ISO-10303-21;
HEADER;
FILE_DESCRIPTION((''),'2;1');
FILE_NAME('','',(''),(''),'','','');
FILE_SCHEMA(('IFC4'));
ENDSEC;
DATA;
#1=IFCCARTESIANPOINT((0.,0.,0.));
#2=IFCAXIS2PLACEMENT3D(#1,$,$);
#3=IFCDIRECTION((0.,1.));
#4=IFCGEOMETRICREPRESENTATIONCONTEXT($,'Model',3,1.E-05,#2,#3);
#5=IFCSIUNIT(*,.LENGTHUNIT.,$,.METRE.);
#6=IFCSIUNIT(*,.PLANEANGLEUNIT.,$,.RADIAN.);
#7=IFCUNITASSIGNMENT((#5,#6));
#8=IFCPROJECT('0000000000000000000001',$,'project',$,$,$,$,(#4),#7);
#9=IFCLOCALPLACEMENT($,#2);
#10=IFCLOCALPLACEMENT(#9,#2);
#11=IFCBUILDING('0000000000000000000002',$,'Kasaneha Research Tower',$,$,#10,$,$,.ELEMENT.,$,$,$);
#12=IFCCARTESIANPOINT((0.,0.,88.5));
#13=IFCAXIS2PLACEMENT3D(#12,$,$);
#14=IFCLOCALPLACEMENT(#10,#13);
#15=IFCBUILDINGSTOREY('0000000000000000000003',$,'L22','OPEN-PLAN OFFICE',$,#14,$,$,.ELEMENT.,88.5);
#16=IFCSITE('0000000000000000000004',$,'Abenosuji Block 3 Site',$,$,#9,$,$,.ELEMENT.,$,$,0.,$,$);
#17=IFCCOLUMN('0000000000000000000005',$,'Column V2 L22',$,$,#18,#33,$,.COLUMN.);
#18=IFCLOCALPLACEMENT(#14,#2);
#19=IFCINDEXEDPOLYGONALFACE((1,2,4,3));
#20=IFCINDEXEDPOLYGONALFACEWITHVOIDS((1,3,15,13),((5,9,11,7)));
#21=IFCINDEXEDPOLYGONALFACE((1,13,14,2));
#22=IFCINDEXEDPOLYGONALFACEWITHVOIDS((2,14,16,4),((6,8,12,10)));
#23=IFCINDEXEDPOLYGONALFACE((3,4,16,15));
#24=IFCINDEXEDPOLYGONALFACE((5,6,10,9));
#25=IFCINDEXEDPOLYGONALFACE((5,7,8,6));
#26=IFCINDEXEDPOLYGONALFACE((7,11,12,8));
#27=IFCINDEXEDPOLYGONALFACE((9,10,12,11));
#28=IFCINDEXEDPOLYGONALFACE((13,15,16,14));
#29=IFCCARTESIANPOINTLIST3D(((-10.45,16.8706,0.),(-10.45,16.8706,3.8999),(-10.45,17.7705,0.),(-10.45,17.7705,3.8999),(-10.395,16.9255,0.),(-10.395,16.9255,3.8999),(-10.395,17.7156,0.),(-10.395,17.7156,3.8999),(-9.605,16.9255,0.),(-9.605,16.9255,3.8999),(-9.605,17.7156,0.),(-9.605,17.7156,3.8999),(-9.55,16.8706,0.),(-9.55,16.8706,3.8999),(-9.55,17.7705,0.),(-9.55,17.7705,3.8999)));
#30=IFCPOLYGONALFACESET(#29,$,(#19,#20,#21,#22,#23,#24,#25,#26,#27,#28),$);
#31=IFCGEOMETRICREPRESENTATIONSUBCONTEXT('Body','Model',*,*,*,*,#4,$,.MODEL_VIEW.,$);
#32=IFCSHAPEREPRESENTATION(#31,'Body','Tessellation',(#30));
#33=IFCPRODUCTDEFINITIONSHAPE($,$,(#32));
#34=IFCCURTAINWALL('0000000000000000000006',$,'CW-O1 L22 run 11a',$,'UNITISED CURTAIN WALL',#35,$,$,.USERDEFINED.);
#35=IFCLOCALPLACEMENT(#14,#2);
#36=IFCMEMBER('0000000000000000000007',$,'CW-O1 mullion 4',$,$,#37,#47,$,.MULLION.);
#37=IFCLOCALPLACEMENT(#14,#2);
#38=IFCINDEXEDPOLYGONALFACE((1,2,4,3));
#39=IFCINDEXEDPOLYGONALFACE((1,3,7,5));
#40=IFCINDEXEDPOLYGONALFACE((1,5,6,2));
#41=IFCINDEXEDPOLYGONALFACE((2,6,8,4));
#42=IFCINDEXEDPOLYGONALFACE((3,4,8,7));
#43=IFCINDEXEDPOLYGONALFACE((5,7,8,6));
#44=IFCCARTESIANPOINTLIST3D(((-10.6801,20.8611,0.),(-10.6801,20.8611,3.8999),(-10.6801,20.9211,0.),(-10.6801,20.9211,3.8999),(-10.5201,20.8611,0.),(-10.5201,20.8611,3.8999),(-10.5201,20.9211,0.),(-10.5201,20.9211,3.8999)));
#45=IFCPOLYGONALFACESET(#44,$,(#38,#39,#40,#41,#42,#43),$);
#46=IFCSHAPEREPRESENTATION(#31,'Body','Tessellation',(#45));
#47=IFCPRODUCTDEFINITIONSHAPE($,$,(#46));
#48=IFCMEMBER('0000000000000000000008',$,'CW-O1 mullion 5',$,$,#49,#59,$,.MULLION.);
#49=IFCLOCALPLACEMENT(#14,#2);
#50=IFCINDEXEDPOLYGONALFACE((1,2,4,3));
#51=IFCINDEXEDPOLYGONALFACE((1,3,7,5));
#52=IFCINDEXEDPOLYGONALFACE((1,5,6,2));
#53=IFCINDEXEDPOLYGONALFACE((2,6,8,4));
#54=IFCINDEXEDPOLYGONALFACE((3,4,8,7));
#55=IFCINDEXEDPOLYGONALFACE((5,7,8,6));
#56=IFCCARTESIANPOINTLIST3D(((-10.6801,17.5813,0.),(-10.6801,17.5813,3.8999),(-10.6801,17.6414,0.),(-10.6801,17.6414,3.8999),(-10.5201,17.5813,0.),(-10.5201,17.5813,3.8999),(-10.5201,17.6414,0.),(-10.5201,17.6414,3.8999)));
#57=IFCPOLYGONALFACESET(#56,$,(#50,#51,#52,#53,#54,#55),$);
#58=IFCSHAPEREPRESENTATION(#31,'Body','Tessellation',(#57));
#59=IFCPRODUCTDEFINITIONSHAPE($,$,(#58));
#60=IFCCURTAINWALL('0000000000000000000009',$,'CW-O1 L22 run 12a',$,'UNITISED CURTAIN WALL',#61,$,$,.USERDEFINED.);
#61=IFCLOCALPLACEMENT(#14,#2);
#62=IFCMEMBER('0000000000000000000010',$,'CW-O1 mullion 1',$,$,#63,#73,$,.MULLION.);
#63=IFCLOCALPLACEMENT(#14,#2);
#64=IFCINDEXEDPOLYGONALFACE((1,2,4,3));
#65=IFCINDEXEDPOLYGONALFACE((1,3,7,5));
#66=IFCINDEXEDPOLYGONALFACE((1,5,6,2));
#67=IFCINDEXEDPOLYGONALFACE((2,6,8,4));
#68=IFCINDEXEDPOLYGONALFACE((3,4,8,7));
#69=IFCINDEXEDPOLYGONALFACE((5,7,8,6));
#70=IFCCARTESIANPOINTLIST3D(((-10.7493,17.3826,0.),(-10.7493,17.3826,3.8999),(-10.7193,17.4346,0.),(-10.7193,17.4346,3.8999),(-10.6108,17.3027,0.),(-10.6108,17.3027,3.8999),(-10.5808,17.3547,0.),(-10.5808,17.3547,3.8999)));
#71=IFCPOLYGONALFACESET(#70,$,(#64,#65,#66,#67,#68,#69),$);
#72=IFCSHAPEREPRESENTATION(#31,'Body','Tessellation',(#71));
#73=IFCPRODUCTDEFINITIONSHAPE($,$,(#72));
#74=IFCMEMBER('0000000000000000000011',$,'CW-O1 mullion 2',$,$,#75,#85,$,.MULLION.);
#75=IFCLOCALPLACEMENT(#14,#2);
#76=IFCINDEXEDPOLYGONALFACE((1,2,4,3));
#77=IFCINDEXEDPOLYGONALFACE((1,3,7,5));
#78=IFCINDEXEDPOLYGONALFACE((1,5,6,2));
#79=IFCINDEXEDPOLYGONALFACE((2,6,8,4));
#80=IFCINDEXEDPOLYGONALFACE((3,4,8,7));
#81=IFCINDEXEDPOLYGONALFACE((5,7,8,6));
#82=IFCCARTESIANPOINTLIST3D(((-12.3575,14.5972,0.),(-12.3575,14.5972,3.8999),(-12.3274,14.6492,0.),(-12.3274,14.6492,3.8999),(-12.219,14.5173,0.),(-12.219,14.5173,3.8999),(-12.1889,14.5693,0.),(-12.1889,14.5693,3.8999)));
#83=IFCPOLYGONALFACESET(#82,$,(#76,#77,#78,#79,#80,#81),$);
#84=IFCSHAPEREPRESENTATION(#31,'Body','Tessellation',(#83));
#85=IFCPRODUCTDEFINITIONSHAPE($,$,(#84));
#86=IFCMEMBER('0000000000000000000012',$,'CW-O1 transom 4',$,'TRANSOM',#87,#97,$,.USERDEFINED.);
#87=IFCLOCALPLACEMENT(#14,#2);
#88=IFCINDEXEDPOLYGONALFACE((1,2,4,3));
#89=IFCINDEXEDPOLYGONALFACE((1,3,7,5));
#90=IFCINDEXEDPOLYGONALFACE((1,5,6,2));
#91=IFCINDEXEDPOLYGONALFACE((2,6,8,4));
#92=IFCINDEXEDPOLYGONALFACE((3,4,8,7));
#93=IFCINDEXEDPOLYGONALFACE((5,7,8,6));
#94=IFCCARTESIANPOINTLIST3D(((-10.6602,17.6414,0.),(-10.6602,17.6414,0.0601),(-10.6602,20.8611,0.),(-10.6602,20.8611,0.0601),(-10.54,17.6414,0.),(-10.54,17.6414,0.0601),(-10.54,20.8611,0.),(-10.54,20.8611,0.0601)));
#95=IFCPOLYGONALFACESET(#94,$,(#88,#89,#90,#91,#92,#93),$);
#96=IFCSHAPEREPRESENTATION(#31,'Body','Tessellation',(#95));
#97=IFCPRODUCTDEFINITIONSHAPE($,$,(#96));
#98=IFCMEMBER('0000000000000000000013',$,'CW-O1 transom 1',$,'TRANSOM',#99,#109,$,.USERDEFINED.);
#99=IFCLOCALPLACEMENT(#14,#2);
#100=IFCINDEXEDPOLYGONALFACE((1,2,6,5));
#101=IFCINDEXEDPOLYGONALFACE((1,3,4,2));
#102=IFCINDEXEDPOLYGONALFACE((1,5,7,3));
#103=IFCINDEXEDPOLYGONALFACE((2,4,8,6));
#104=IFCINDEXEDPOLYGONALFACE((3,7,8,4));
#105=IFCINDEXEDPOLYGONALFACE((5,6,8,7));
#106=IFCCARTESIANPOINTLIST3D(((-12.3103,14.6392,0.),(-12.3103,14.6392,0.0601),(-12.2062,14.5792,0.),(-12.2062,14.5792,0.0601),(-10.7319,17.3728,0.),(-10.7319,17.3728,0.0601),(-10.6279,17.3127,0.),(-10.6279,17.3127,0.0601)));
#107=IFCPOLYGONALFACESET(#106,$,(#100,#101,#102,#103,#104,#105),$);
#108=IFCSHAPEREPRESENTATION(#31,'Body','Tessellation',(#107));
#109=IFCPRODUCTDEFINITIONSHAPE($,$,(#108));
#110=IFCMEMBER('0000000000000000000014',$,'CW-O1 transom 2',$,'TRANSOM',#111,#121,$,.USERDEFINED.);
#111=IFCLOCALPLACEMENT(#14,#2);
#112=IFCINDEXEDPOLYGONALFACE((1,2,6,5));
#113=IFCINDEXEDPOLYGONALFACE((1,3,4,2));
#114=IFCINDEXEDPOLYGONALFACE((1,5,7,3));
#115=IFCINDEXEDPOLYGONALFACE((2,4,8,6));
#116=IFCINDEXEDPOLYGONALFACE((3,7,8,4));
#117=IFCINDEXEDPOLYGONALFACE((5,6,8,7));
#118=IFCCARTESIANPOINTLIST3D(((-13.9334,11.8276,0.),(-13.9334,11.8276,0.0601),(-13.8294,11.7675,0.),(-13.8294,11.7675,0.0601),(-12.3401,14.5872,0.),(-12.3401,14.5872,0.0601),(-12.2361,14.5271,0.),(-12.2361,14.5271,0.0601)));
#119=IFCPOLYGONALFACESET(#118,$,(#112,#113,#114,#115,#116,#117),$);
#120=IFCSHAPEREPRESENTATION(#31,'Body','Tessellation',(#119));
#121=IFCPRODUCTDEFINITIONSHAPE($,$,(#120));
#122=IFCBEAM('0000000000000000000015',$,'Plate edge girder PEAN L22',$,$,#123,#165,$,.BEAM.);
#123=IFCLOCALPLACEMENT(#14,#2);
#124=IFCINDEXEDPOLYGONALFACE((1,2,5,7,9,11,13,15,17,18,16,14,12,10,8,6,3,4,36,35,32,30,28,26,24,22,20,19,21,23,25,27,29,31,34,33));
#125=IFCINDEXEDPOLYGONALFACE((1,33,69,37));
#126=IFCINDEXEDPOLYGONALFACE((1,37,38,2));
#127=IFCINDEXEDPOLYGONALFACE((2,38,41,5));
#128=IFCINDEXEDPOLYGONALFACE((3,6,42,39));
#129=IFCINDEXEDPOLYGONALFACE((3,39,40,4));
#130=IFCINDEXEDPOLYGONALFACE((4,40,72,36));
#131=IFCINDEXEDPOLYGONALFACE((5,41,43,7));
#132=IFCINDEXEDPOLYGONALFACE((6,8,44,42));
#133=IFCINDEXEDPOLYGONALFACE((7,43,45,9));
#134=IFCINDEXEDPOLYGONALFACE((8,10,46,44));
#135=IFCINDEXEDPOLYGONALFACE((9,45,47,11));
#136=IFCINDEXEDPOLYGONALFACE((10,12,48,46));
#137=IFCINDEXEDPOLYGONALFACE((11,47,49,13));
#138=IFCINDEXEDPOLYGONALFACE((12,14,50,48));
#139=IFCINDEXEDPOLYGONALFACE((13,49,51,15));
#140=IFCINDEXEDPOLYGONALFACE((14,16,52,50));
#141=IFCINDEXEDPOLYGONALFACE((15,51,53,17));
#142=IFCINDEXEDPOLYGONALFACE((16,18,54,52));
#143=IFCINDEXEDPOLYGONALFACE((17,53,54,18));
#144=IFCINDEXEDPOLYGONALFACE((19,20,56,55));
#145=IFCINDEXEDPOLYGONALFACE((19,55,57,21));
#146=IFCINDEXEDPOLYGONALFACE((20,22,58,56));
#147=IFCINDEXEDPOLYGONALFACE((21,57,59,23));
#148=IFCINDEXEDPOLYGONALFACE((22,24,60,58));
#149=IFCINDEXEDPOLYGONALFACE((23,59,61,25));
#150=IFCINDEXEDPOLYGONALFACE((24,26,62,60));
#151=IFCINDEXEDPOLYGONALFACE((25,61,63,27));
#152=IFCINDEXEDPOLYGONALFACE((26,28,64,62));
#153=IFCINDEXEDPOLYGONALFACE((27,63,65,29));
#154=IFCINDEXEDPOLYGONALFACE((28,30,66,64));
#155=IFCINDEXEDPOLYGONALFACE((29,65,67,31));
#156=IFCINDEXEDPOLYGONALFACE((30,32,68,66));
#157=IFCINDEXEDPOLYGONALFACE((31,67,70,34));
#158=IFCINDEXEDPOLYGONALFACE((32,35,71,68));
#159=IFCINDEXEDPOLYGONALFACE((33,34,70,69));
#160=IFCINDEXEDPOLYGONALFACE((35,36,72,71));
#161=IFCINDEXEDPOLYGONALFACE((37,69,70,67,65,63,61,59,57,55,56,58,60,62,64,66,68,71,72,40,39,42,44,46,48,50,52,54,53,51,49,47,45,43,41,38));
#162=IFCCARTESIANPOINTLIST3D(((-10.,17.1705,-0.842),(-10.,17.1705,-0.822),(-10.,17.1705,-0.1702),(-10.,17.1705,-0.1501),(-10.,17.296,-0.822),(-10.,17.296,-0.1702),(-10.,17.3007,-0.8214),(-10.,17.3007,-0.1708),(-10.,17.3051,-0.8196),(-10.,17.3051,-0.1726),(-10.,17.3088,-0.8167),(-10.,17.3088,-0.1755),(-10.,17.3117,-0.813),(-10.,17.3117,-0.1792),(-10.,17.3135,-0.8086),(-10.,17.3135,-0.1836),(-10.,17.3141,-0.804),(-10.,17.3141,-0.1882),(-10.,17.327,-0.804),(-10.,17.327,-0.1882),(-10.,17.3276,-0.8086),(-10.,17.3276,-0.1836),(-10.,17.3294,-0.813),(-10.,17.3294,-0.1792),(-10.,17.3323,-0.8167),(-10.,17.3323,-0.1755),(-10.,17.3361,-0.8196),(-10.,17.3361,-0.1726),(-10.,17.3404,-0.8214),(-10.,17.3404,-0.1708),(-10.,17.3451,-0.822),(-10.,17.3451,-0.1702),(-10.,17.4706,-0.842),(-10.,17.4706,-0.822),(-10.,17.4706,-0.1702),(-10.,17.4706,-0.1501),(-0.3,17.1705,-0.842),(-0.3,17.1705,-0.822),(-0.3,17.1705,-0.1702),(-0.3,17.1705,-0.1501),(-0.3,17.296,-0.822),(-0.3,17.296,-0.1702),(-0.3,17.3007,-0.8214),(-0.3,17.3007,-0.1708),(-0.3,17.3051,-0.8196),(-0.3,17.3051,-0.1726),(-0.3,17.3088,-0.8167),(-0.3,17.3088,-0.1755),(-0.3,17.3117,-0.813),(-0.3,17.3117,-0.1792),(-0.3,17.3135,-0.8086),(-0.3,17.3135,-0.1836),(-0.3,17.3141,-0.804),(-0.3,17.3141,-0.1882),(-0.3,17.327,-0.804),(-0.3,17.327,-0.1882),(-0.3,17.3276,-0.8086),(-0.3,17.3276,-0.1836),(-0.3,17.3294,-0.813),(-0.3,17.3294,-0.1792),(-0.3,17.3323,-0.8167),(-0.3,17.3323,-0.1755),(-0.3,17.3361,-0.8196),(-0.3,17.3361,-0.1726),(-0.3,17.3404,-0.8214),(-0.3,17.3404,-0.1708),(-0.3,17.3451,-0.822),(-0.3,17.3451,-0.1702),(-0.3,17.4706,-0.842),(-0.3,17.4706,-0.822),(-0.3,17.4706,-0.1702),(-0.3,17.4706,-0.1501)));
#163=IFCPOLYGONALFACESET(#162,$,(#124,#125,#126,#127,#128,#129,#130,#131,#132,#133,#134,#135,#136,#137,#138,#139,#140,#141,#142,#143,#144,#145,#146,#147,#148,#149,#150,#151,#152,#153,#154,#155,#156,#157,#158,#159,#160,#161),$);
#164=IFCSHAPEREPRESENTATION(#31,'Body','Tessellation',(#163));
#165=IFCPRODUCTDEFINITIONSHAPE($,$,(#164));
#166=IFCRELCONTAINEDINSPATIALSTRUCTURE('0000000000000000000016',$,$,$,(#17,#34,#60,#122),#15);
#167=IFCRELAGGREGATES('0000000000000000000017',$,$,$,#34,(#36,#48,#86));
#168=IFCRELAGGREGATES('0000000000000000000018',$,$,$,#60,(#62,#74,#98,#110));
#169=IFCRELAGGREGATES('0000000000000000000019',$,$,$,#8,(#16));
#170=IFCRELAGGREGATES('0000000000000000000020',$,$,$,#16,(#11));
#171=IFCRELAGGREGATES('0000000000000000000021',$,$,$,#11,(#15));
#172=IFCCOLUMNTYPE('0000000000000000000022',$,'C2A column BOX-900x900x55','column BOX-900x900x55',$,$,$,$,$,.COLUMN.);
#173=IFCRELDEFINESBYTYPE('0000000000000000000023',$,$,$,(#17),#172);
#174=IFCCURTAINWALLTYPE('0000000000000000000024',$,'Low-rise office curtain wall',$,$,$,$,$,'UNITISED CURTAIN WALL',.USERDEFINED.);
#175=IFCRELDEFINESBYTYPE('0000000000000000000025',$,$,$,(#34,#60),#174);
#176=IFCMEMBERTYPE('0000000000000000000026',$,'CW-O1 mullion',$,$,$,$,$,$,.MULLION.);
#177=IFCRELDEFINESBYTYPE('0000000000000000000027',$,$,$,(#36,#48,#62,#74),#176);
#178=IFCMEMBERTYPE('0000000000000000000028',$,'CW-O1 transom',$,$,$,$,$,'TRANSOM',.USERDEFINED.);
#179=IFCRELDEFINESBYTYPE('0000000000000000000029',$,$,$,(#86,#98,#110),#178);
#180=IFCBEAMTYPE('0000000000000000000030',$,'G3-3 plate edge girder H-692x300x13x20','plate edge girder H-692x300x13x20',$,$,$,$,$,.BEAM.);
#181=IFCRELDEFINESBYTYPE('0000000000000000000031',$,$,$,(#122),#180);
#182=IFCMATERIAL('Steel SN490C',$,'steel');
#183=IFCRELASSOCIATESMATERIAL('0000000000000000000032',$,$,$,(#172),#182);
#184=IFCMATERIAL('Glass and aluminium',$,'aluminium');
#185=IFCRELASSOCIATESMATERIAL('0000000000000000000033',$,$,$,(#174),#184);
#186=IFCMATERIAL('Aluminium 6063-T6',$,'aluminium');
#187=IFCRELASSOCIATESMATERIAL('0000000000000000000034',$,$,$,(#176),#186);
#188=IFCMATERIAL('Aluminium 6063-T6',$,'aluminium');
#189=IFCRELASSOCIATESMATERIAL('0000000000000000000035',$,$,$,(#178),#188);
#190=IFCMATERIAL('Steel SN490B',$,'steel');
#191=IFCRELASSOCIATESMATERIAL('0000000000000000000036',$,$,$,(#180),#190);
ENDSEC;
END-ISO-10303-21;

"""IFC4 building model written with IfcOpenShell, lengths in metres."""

from ifc_helpers import new_model, si_unit, direction, frame, origin, origin_2d, place, context, subcontext, project, spatial, rectangle, hollow_rectangle, i_section, extrude, material, material_profile, profile_set, type_object, element, aggregate, save


model = new_model("IFC4")

# Units and contexts
model_context = context("Model", 3, precision=1e-05, world=origin(), true_north=direction((0.0, 1.0)))
body_context = subcontext(model_context, "Body", "Model", "MODEL_VIEW")
ifc_project = project(units=[si_unit("LENGTHUNIT", "METRE"), si_unit("PLANEANGLEUNIT", "RADIAN")], contexts=[model_context])

# Site, building, storey
site_placement = place(None, origin())
site = spatial("IfcSite", under=ifc_project, at=site_placement, Name="Abenosuji Block 3 Site", CompositionType="ELEMENT", RefElevation=0.0)
building_placement = place(site_placement, origin())
building = spatial("IfcBuilding", under=site, at=building_placement, Name="Kasaneha Research Tower", CompositionType="ELEMENT")
storey_placement = place(building_placement, frame((0.0, 0.0, 88.5)))
storey = spatial("IfcBuildingStorey", under=building, at=storey_placement, Name="L22", Description="OPEN-PLAN OFFICE", CompositionType="ELEMENT", Elevation=88.5)

# Column
ifc_material_1 = material(Name="Steel SN490C", Category="steel")
ifc_material_profile_1 = material_profile(ifc_material_1, hollow_rectangle(XDim=0.8999, YDim=0.8999, WallThickness=0.0549, at=origin_2d()), Name="BOX-900x900x55")
ifc_profile_set_1 = profile_set([ifc_material_profile_1], Name="Steel SN490C")
column_type = type_object("IfcColumnType", Name="C2A column BOX-900x900x55", Description="column BOX-900x900x55", PredefinedType="COLUMN", material=ifc_profile_set_1)
column_placement = place(storey_placement, frame((-10.0, 17.3206, 0.0), z_axis=(0.0, 0.0, 1.0), x_axis=(1.0, 0.0, 0.0)))
element("IfcColumn", 1, at=column_placement, inside=storey, type_object=column_type, Name="Column V2 L22", PredefinedType="COLUMN", context=body_context, shape_type="SweptSolid", body=[
    extrude(hollow_rectangle(XDim=0.8999, YDim=0.8999, WallThickness=0.0549, at=origin_2d()), origin(), (0.0, 0.0, 1.0), 3.8999),
])

# Curtain walls, members
ifc_material_2 = material(Name="Glass and aluminium", Category="aluminium")
curtain_wall_type = type_object("IfcCurtainWallType", Name="Low-rise office curtain wall", ElementType="UNITISED CURTAIN WALL", PredefinedType="USERDEFINED", material=ifc_material_2)
curtain_wall_1_placement = place(storey_placement, origin())
curtain_wall_1 = element("IfcCurtainWall", 2, at=curtain_wall_1_placement, inside=storey, type_object=curtain_wall_type, Name="CW-O1 L22 run 11a", ObjectType="UNITISED CURTAIN WALL", PredefinedType="USERDEFINED")
ifc_material_3 = material(Name="Aluminium 6063-T6", Category="aluminium")
ifc_material_profile_2 = material_profile(ifc_material_3, rectangle(XDim=0.0601, YDim=0.1599, at=origin_2d()), Name="CW-O1 mullion 60x160")
ifc_profile_set_2 = profile_set([ifc_material_profile_2], Name="Aluminium 6063-T6")
member_type_1 = type_object("IfcMemberType", Name="CW-O1 mullion", PredefinedType="MULLION", material=ifc_profile_set_2)
member_1_placement = place(storey_placement, frame((-10.6001, 20.8911, 0.0), z_axis=(0.0, 0.0, 1.0), x_axis=(0.0, -1.0, 0.0)))
member_1 = element("IfcMember", 3, at=member_1_placement, type_object=member_type_1, Name="CW-O1 mullion 4", PredefinedType="MULLION", context=body_context, shape_type="SweptSolid", body=[
    extrude(rectangle(XDim=0.0601, YDim=0.1599, at=origin_2d()), origin(), (0.0, 0.0, 1.0), 3.8999),
])
member_2_placement = place(storey_placement, frame((-10.6001, 17.6113, 0.0), z_axis=(0.0, 0.0, 1.0), x_axis=(0.0, -1.0, 0.0)))
member_2 = element("IfcMember", 4, at=member_2_placement, type_object=member_type_1, Name="CW-O1 mullion 5", PredefinedType="MULLION", context=body_context, shape_type="SweptSolid", body=[
    extrude(rectangle(XDim=0.0601, YDim=0.1599, at=origin_2d()), origin(), (0.0, 0.0, 1.0), 3.8999),
])
curtain_wall_2_placement = place(storey_placement, origin())
curtain_wall_2 = element("IfcCurtainWall", 5, at=curtain_wall_2_placement, inside=storey, type_object=curtain_wall_type, Name="CW-O1 L22 run 12a", ObjectType="UNITISED CURTAIN WALL", PredefinedType="USERDEFINED")
member_3_placement = place(storey_placement, frame((-10.665, 17.3687, 0.0), z_axis=(0.0, 0.0, 1.0), x_axis=(-0.5, -0.866025, 0.0)))
member_3 = element("IfcMember", 6, at=member_3_placement, type_object=member_type_1, Name="CW-O1 mullion 1", PredefinedType="MULLION", context=body_context, shape_type="SweptSolid", body=[
    extrude(rectangle(XDim=0.0601, YDim=0.1599, at=origin_2d()), origin(), (0.0, 0.0, 1.0), 3.8999),
])
member_4_placement = place(storey_placement, frame((-12.2732, 14.5833, 0.0), z_axis=(0.0, 0.0, 1.0), x_axis=(-0.5, -0.866025, 0.0)))
member_4 = element("IfcMember", 7, at=member_4_placement, type_object=member_type_1, Name="CW-O1 mullion 2", PredefinedType="MULLION", context=body_context, shape_type="SweptSolid", body=[
    extrude(rectangle(XDim=0.0601, YDim=0.1599, at=origin_2d()), origin(), (0.0, 0.0, 1.0), 3.8999),
])

# Members
ifc_material_4 = material(Name="Aluminium 6063-T6", Category="aluminium")
ifc_material_profile_3 = material_profile(ifc_material_4, rectangle(XDim=0.1201, YDim=0.0601, at=origin_2d()), Name="CW-O1 transom 120x60")
ifc_profile_set_3 = profile_set([ifc_material_profile_3], Name="Aluminium 6063-T6")
member_type_2 = type_object("IfcMemberType", Name="CW-O1 transom", ElementType="TRANSOM", PredefinedType="USERDEFINED", material=ifc_profile_set_3)
member_5_placement = place(storey_placement, frame((-10.6001, 20.8611, 0.03), z_axis=(0.0, -1.0, 0.0), x_axis=(1.0, 0.0, 0.0)))
member_5 = element("IfcMember", 8, at=member_5_placement, type_object=member_type_2, Name="CW-O1 transom 4", ObjectType="TRANSOM", PredefinedType="USERDEFINED", context=body_context, shape_type="SweptSolid", body=[
    extrude(rectangle(XDim=0.1201, YDim=0.0601, at=origin_2d()), origin(), (0.0, 0.0, 1.0), 3.2197),
])
member_6_placement = place(storey_placement, frame((-10.6799, 17.3428, 0.03), z_axis=(-0.500024, -0.866012, 0.0), x_axis=(0.866012, -0.500024, 0.0)))
member_6 = element("IfcMember", 9, at=member_6_placement, type_object=member_type_2, Name="CW-O1 transom 1", ObjectType="TRANSOM", PredefinedType="USERDEFINED", context=body_context, shape_type="SweptSolid", body=[
    extrude(rectangle(XDim=0.1201, YDim=0.0601, at=origin_2d()), origin(), (0.0, 0.0, 1.0), 3.1565),
])
member_7_placement = place(storey_placement, frame((-12.2881, 14.5571, 0.03), z_axis=(-0.500012, -0.866018, 0.0), x_axis=(0.866018, -0.500012, 0.0)))
member_7 = element("IfcMember", 10, at=member_7_placement, type_object=member_type_2, Name="CW-O1 transom 2", ObjectType="TRANSOM", PredefinedType="USERDEFINED", context=body_context, shape_type="SweptSolid", body=[
    extrude(rectangle(XDim=0.1201, YDim=0.0601, at=origin_2d()), origin(), (0.0, 0.0, 1.0), 3.1865),
])

# Beam
ifc_material_5 = material(Name="Steel SN490B", Category="steel")
ifc_material_profile_4 = material_profile(ifc_material_5, i_section(OverallWidth=0.3, OverallDepth=0.6919, WebThickness=0.0129, FlangeThickness=0.02, FilletRadius=0.0181, at=origin_2d()), Name="H-692x300x13x20")
ifc_profile_set_4 = profile_set([ifc_material_profile_4], Name="Steel SN490B")
beam_type_1 = type_object("IfcBeamType", Name="G3-3 plate edge girder H-692x300x13x20", Description="plate edge girder H-692x300x13x20", PredefinedType="BEAM", material=ifc_profile_set_4)
beam_1_placement = place(storey_placement, frame((-10.0, 17.3206, -0.4961), z_axis=(1.0, 0.0, 0.0), x_axis=(0.0, 1.0, 0.0)))
element("IfcBeam", 11, at=beam_1_placement, inside=storey, type_object=beam_type_1, Name="Plate edge girder PEAN L22", PredefinedType="BEAM", context=body_context, shape_type="SweptSolid", body=[
    extrude(i_section(OverallWidth=0.3, OverallDepth=0.6919, WebThickness=0.0129, FlangeThickness=0.02, FilletRadius=0.0181, at=origin_2d()), origin(), (0.0, 0.0, 1.0), 9.7),
])

aggregate(curtain_wall_1, [member_1, member_2, member_5])
aggregate(curtain_wall_2, [member_3, member_4, member_6, member_7])

save(model, "model.ifc")
